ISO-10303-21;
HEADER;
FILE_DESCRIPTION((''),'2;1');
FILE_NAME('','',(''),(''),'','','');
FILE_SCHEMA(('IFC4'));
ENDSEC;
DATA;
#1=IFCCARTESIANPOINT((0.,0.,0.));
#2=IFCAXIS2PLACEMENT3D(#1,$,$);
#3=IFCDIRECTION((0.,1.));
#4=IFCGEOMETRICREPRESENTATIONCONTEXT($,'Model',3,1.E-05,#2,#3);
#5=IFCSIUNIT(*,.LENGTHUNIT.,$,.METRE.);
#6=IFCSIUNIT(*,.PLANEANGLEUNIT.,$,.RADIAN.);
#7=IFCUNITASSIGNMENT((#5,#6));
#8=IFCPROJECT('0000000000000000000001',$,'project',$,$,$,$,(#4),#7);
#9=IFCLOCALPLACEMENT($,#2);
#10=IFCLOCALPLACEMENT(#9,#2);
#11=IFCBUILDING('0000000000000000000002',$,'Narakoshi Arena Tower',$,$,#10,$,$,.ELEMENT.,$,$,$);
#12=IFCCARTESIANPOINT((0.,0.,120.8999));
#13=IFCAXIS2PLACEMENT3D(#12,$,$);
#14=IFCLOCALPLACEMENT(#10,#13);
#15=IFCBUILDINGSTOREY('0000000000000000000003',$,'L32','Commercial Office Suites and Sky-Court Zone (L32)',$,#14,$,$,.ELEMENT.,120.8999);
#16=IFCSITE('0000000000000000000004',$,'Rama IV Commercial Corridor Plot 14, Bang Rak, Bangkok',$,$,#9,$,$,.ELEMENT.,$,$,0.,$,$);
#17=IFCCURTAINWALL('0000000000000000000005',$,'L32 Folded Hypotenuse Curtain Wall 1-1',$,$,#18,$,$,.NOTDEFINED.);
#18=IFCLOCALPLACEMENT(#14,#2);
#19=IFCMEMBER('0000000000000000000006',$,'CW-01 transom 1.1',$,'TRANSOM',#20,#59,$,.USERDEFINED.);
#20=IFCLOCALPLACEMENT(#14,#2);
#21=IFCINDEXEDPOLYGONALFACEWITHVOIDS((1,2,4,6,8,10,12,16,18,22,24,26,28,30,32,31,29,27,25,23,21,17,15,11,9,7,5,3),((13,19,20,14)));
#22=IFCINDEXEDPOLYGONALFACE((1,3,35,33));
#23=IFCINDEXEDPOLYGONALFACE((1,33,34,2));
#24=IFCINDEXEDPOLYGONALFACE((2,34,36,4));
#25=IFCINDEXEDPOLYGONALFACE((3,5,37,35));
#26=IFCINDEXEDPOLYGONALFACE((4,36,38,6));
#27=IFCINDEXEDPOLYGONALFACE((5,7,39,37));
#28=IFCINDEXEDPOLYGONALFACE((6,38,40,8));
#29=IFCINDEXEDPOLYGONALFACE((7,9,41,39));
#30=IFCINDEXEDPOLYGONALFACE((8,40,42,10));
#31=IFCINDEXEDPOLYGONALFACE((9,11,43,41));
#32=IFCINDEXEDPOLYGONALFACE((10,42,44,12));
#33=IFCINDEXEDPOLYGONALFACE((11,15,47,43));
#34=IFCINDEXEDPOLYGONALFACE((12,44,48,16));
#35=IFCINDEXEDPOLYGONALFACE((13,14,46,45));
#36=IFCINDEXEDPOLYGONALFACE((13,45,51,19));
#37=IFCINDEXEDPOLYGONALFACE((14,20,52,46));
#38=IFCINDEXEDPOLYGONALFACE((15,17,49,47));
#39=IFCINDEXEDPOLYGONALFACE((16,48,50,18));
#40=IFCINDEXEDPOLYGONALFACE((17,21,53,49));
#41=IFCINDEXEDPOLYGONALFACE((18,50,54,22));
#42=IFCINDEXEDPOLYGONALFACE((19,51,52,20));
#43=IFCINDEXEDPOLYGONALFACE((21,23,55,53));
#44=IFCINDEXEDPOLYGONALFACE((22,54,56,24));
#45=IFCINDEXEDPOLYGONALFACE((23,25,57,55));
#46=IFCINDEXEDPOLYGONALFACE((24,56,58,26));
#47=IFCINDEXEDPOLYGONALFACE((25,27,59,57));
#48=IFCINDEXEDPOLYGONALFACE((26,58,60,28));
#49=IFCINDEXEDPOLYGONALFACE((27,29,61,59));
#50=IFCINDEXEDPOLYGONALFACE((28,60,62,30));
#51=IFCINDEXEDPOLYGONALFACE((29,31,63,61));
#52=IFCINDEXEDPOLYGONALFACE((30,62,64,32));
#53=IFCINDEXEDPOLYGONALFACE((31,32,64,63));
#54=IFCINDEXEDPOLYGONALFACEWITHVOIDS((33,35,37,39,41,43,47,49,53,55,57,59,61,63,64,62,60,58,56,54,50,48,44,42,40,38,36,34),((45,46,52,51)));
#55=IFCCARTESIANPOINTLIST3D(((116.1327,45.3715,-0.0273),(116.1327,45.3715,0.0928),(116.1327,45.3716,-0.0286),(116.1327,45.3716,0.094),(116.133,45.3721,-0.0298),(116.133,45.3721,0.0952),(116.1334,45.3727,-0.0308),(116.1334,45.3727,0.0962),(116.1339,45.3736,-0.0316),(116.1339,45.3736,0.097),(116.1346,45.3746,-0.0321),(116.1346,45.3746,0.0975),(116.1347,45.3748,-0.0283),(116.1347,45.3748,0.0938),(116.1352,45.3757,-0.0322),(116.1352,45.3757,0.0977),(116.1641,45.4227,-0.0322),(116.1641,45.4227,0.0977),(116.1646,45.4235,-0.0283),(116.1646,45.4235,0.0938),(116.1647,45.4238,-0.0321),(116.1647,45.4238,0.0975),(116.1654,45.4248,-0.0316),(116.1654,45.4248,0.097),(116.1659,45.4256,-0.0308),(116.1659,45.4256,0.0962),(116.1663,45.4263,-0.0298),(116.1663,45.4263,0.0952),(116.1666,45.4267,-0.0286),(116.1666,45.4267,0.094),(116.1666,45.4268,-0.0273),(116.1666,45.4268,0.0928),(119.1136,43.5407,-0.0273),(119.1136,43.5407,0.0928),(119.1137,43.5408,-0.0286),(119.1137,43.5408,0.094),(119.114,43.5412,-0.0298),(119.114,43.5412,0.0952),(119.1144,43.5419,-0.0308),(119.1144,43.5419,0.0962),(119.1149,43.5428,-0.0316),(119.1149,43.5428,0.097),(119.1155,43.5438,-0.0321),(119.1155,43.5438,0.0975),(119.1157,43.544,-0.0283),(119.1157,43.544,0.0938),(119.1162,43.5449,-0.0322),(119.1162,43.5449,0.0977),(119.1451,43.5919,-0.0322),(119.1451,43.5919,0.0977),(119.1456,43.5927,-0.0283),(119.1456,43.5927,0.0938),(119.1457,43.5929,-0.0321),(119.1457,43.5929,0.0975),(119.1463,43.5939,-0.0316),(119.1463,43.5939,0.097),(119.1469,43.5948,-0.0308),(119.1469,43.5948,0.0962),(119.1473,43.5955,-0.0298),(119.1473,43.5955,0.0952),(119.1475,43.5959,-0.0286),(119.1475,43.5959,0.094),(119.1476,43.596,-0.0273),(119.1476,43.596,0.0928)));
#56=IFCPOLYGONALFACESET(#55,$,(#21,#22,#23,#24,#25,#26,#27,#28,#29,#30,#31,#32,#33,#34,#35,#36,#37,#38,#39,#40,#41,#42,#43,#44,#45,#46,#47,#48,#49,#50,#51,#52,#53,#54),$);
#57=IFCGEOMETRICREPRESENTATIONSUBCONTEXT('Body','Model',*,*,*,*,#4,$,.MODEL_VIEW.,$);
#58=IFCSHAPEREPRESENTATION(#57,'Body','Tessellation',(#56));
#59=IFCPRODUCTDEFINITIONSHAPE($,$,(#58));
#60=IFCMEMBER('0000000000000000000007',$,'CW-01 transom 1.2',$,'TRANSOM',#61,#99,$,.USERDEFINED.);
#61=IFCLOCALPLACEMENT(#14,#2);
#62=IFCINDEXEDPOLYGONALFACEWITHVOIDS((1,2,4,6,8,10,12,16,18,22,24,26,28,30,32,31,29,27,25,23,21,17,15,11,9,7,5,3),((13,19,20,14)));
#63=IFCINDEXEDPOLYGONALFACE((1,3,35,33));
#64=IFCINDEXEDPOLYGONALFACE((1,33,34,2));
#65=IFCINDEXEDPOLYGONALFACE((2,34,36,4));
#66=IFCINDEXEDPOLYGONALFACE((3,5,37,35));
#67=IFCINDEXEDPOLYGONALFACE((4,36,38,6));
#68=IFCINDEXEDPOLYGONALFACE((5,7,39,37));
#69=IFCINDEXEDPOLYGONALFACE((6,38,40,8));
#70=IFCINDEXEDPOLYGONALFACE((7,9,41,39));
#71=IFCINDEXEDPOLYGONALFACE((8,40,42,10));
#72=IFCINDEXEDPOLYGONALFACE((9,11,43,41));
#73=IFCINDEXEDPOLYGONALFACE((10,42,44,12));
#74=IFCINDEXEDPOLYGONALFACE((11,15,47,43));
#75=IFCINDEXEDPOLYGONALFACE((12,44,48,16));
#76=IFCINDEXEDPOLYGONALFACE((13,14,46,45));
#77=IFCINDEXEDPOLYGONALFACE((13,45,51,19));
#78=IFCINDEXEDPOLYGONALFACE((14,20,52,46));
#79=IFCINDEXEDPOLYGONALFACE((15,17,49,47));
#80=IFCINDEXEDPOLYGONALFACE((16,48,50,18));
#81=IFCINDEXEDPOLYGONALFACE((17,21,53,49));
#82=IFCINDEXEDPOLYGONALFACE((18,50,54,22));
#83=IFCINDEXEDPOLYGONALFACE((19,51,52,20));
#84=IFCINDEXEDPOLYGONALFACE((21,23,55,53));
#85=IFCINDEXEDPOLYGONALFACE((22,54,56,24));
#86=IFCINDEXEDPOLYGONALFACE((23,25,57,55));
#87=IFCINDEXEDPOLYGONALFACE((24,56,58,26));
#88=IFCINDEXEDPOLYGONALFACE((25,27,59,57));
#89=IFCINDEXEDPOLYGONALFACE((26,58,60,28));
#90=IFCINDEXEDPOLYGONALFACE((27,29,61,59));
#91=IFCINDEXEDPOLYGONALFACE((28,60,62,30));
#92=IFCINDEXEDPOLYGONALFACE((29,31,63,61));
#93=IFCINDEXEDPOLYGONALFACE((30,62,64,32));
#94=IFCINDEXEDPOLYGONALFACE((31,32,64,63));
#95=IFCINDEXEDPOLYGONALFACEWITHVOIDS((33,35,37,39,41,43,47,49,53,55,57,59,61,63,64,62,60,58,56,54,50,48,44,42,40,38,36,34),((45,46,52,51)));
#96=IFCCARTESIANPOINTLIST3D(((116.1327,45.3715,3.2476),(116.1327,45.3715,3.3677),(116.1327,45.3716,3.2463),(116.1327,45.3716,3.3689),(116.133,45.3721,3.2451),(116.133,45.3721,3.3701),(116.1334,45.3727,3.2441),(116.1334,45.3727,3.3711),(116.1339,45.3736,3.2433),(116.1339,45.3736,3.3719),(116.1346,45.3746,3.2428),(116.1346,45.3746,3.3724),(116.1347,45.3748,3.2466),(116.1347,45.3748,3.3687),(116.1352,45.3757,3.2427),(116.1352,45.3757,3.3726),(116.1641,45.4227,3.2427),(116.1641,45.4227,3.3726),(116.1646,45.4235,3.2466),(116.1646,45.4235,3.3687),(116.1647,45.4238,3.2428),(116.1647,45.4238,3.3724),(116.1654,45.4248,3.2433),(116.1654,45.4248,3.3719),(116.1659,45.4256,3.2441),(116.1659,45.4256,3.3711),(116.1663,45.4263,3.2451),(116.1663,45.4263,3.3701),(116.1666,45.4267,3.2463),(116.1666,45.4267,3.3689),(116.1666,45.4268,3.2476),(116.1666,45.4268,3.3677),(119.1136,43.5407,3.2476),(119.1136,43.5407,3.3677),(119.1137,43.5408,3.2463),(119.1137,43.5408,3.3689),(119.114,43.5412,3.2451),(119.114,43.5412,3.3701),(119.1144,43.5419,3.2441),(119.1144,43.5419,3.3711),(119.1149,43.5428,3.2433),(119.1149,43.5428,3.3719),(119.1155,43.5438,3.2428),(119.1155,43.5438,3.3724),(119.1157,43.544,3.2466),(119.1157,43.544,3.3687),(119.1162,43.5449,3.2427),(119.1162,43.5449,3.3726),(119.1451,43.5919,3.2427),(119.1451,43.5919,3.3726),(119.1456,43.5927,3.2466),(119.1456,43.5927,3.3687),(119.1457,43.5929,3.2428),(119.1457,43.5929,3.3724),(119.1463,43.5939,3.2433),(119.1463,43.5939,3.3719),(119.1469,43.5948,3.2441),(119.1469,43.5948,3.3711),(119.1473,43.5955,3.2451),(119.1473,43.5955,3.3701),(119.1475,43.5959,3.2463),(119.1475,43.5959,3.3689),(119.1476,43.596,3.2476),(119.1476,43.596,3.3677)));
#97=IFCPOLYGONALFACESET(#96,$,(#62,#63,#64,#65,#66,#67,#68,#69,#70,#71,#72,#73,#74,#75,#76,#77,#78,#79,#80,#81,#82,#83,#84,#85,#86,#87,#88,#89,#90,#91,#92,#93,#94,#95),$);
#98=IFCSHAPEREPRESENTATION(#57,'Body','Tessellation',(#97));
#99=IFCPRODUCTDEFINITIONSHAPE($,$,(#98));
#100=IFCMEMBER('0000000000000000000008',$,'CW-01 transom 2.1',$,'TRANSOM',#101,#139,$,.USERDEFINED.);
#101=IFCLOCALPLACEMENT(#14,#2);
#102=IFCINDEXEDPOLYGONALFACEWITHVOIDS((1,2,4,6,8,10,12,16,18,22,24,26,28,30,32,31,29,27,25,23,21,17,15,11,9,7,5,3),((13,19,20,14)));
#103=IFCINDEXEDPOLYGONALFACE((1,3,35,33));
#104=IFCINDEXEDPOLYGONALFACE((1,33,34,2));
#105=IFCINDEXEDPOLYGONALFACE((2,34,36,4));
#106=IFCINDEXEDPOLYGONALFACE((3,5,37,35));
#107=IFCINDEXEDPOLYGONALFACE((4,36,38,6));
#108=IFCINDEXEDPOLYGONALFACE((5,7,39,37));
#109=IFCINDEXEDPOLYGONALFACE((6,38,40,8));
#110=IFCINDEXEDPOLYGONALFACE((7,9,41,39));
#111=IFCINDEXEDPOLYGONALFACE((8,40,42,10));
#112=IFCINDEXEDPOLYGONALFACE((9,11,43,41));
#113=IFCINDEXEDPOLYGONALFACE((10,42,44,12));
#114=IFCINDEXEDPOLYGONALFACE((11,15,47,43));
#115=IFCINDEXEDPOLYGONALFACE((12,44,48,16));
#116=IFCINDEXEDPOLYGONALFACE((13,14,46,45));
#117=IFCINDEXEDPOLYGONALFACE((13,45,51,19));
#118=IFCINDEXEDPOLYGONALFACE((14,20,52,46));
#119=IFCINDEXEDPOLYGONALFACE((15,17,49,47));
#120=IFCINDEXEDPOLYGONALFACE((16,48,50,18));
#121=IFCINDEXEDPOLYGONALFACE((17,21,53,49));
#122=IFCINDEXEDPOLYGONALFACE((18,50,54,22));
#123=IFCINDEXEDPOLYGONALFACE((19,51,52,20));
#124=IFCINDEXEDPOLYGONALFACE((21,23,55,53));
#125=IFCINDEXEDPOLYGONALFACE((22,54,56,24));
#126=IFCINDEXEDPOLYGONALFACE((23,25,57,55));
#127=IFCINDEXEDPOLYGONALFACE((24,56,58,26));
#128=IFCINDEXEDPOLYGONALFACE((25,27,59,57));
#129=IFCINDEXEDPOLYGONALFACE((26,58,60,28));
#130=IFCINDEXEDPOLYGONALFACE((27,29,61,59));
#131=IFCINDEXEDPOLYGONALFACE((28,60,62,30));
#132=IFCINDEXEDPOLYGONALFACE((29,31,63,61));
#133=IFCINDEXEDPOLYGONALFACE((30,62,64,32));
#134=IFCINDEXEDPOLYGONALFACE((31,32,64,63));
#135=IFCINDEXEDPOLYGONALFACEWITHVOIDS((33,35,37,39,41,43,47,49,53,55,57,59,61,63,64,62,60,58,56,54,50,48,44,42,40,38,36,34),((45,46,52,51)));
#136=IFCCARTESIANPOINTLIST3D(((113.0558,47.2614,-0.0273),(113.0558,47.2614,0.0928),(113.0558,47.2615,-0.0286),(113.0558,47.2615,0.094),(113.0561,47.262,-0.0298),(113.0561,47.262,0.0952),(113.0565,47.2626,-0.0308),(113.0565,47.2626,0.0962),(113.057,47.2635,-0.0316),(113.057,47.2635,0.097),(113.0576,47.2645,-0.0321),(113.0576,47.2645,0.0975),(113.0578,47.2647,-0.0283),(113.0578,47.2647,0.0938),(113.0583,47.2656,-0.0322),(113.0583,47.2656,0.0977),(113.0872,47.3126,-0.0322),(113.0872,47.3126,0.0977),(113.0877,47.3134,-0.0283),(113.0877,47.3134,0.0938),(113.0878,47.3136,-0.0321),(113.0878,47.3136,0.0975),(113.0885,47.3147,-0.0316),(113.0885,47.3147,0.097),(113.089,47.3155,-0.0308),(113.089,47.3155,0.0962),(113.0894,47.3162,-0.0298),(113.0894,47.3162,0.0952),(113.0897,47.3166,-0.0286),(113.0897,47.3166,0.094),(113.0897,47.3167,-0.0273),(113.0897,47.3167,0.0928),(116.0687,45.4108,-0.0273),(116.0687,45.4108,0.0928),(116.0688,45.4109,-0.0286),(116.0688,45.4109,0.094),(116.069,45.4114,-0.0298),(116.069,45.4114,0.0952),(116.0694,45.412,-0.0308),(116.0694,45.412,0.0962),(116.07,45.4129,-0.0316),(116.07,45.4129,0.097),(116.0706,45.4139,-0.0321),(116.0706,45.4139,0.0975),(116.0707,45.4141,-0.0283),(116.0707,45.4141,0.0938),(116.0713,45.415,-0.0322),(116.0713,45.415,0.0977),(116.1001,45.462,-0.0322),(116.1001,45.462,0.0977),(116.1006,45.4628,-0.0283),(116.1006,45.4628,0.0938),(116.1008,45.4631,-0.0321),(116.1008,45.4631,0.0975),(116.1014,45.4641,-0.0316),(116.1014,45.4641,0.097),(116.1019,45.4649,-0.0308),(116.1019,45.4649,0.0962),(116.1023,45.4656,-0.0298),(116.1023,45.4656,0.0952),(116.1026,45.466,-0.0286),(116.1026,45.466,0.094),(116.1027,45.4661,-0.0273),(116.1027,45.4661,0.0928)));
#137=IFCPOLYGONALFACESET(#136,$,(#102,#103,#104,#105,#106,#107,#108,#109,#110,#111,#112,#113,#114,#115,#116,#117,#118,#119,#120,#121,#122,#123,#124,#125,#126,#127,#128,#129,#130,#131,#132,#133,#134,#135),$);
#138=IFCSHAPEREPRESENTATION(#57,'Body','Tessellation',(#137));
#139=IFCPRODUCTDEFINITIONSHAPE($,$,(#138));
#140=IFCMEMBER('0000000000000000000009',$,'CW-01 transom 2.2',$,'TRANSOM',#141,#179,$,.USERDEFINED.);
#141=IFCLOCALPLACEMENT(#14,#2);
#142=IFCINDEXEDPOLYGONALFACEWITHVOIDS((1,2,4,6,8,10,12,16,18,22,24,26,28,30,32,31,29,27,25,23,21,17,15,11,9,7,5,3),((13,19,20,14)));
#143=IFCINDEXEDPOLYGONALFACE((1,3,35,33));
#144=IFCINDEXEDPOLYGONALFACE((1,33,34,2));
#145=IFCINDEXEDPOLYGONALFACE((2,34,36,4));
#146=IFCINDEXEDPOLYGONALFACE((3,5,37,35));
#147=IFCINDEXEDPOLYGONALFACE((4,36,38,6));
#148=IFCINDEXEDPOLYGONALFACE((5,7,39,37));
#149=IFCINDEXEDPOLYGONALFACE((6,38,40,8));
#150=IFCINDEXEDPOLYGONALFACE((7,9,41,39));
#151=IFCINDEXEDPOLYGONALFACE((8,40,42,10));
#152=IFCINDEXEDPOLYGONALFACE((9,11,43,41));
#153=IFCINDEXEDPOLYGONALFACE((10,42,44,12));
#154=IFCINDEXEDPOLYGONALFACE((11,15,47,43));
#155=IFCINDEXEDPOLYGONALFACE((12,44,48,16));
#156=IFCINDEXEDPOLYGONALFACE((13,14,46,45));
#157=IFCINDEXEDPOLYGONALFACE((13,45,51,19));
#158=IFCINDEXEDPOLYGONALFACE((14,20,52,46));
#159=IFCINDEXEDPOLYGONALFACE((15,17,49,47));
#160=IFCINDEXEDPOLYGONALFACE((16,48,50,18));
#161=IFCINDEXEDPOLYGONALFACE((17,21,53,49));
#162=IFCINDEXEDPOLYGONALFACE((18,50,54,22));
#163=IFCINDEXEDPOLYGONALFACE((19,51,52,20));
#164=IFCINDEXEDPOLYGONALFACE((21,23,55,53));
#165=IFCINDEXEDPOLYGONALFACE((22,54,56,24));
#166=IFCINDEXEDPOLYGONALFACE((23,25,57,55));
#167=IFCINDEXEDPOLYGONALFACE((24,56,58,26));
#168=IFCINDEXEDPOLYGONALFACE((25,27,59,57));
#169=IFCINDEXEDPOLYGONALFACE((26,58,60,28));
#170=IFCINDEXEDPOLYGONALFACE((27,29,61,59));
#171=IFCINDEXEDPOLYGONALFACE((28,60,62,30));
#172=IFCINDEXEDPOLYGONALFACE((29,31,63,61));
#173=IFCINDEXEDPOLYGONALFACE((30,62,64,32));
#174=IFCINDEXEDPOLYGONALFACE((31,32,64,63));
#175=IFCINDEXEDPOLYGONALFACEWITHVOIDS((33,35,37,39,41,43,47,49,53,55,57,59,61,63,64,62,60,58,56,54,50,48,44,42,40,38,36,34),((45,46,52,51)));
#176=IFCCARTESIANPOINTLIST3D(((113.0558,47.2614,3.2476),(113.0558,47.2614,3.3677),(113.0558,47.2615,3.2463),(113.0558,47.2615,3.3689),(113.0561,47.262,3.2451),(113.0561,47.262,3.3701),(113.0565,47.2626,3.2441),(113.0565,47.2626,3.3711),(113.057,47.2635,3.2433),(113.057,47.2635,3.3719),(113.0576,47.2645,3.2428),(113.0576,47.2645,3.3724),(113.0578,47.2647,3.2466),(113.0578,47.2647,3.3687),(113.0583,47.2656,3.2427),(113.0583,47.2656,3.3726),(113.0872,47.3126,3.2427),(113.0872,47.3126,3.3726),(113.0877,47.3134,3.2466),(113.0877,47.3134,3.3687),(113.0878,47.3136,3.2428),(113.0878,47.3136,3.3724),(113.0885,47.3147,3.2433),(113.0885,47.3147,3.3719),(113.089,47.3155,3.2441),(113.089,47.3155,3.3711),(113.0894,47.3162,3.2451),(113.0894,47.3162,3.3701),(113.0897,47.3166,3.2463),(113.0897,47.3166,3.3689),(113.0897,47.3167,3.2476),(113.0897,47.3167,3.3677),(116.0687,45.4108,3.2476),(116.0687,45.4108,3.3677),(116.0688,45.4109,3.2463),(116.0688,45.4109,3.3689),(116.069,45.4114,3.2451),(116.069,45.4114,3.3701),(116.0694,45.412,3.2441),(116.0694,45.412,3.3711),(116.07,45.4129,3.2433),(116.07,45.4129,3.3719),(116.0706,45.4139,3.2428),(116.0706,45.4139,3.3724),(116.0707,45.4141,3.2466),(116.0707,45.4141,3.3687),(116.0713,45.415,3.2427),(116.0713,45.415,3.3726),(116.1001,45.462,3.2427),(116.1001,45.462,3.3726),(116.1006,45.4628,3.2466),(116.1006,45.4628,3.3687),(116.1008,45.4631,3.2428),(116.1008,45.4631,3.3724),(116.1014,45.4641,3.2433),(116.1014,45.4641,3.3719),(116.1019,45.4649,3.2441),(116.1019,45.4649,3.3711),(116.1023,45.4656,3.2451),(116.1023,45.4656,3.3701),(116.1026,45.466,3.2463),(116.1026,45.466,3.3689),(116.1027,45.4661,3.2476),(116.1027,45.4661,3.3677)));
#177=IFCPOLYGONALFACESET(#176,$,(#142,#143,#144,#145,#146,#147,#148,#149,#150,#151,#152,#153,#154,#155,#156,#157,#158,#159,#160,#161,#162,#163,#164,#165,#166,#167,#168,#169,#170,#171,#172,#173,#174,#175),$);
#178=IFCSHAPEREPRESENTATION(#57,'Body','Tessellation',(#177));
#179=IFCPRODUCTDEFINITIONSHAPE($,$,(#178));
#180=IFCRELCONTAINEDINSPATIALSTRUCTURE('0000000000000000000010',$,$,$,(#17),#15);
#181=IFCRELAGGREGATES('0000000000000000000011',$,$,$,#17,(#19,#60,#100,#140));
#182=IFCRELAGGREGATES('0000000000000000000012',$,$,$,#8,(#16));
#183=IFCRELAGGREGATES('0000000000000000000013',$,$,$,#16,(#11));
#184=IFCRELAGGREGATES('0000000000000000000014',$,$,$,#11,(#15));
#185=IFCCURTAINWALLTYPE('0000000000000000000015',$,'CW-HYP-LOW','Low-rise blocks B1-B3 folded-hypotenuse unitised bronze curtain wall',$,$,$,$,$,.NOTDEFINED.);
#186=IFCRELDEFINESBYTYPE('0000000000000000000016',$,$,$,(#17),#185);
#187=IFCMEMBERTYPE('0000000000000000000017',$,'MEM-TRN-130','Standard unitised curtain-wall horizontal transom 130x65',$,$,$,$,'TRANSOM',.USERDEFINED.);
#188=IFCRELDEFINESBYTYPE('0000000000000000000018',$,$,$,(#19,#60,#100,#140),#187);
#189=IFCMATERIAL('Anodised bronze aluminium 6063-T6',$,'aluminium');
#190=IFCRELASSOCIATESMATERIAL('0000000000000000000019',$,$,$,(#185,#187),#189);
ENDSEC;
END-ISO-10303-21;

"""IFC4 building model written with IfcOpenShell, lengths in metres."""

from ifc_helpers import new_model, si_unit, direction, frame, origin, origin_2d, place, context, subcontext, project, spatial, hollow_rectangle, extrude, material, material_profile, profile_set, type_object, element, aggregate, save


model = new_model("IFC4")

# Units and contexts
model_context = context("Model", 3, precision=1e-05, world=origin(), true_north=direction((0.0, 1.0)))
body_context = subcontext(model_context, "Body", "Model", "MODEL_VIEW")
ifc_project = project(units=[si_unit("LENGTHUNIT", "METRE"), si_unit("PLANEANGLEUNIT", "RADIAN")], contexts=[model_context])

# Site, building, storey
site_placement = place(None, origin())
site = spatial("IfcSite", under=ifc_project, at=site_placement, Name="Rama IV Commercial Corridor Plot 14, Bang Rak, Bangkok", CompositionType="ELEMENT", RefElevation=0.0)
building_placement = place(site_placement, origin())
building = spatial("IfcBuilding", under=site, at=building_placement, Name="Narakoshi Arena Tower", CompositionType="ELEMENT")
storey_placement = place(building_placement, frame((0.0, 0.0, 120.8999)))
storey = spatial("IfcBuildingStorey", under=building, at=storey_placement, Name="L32", Description="Commercial Office Suites and Sky-Court Zone (L32)", CompositionType="ELEMENT", Elevation=120.8999)

# Curtain wall, members
ifc_material_1 = material(Name="Anodised bronze aluminium 6063-T6", Category="aluminium")
curtain_wall_type = type_object("IfcCurtainWallType", Name="CW-HYP-LOW", Description="Low-rise blocks B1-B3 folded-hypotenuse unitised bronze curtain wall", PredefinedType="NOTDEFINED", material=ifc_material_1)
curtain_wall_placement = place(storey_placement, origin())
curtain_wall = element("IfcCurtainWall", 1, at=curtain_wall_placement, inside=storey, type_object=curtain_wall_type, Name="L32 Folded Hypotenuse Curtain Wall 1-1", PredefinedType="NOTDEFINED")
ifc_material_profile_1 = material_profile(ifc_material_1, hollow_rectangle(XDim=0.0649, YDim=0.1299, WallThickness=0.0039, OuterFilletRadius=0.0049, at=origin_2d()), Name="TRN130x65x4")
ifc_profile_set_1 = profile_set([ifc_material_profile_1], Name="Anodised bronze aluminium 6063-T6")
member_type_1 = type_object("IfcMemberType", Name="MEM-TRN-130", Description="Standard unitised curtain-wall horizontal transom 130x65", ElementType="TRANSOM", PredefinedType="USERDEFINED", material=ifc_profile_set_1)
member_1_placement = place(storey_placement, frame((119.1306, 43.5684, 0.0327), z_axis=(-0.85212, 0.523346, 0.0), x_axis=(-0.523346, -0.85212, 0.0)))
member_1 = element("IfcMember", 2, at=member_1_placement, type_object=member_type_1, Name="CW-01 transom 1.1", ObjectType="TRANSOM", PredefinedType="USERDEFINED", context=body_context, shape_type="SweptSolid", body=[
    extrude(hollow_rectangle(XDim=0.0649, YDim=0.1299, WallThickness=0.0039, OuterFilletRadius=0.0049, at=origin_2d()), origin(), (0.0, 0.0, 1.0), 3.4983),
])
member_2_placement = place(storey_placement, frame((119.1306, 43.5684, 3.3076), z_axis=(-0.85212, 0.523346, 0.0), x_axis=(-0.523346, -0.85212, 0.0)))
member_2 = element("IfcMember", 3, at=member_2_placement, type_object=member_type_1, Name="CW-01 transom 1.2", ObjectType="TRANSOM", PredefinedType="USERDEFINED", context=body_context, shape_type="SweptSolid", body=[
    extrude(hollow_rectangle(XDim=0.0649, YDim=0.1299, WallThickness=0.0039, OuterFilletRadius=0.0049, at=origin_2d()), origin(), (0.0, 0.0, 1.0), 3.4983),
])
member_3_placement = place(storey_placement, frame((116.0857, 45.4385, 0.0327), z_axis=(-0.852104, 0.523373, 0.0), x_axis=(-0.523373, -0.852104, 0.0)))
member_3 = element("IfcMember", 4, at=member_3_placement, type_object=member_type_1, Name="CW-01 transom 2.1", ObjectType="TRANSOM", PredefinedType="USERDEFINED", context=body_context, shape_type="SweptSolid", body=[
    extrude(hollow_rectangle(XDim=0.0649, YDim=0.1299, WallThickness=0.0039, OuterFilletRadius=0.0049, at=origin_2d()), origin(), (0.0, 0.0, 1.0), 3.5359),
])
member_4_placement = place(storey_placement, frame((116.0857, 45.4385, 3.3076), z_axis=(-0.852104, 0.523373, 0.0), x_axis=(-0.523373, -0.852104, 0.0)))
member_4 = element("IfcMember", 5, at=member_4_placement, type_object=member_type_1, Name="CW-01 transom 2.2", ObjectType="TRANSOM", PredefinedType="USERDEFINED", context=body_context, shape_type="SweptSolid", body=[
    extrude(hollow_rectangle(XDim=0.0649, YDim=0.1299, WallThickness=0.0039, OuterFilletRadius=0.0049, at=origin_2d()), origin(), (0.0, 0.0, 1.0), 3.5359),
])
aggregate(curtain_wall, [member_1, member_2, member_3, member_4])

save(model, "model.ifc")
